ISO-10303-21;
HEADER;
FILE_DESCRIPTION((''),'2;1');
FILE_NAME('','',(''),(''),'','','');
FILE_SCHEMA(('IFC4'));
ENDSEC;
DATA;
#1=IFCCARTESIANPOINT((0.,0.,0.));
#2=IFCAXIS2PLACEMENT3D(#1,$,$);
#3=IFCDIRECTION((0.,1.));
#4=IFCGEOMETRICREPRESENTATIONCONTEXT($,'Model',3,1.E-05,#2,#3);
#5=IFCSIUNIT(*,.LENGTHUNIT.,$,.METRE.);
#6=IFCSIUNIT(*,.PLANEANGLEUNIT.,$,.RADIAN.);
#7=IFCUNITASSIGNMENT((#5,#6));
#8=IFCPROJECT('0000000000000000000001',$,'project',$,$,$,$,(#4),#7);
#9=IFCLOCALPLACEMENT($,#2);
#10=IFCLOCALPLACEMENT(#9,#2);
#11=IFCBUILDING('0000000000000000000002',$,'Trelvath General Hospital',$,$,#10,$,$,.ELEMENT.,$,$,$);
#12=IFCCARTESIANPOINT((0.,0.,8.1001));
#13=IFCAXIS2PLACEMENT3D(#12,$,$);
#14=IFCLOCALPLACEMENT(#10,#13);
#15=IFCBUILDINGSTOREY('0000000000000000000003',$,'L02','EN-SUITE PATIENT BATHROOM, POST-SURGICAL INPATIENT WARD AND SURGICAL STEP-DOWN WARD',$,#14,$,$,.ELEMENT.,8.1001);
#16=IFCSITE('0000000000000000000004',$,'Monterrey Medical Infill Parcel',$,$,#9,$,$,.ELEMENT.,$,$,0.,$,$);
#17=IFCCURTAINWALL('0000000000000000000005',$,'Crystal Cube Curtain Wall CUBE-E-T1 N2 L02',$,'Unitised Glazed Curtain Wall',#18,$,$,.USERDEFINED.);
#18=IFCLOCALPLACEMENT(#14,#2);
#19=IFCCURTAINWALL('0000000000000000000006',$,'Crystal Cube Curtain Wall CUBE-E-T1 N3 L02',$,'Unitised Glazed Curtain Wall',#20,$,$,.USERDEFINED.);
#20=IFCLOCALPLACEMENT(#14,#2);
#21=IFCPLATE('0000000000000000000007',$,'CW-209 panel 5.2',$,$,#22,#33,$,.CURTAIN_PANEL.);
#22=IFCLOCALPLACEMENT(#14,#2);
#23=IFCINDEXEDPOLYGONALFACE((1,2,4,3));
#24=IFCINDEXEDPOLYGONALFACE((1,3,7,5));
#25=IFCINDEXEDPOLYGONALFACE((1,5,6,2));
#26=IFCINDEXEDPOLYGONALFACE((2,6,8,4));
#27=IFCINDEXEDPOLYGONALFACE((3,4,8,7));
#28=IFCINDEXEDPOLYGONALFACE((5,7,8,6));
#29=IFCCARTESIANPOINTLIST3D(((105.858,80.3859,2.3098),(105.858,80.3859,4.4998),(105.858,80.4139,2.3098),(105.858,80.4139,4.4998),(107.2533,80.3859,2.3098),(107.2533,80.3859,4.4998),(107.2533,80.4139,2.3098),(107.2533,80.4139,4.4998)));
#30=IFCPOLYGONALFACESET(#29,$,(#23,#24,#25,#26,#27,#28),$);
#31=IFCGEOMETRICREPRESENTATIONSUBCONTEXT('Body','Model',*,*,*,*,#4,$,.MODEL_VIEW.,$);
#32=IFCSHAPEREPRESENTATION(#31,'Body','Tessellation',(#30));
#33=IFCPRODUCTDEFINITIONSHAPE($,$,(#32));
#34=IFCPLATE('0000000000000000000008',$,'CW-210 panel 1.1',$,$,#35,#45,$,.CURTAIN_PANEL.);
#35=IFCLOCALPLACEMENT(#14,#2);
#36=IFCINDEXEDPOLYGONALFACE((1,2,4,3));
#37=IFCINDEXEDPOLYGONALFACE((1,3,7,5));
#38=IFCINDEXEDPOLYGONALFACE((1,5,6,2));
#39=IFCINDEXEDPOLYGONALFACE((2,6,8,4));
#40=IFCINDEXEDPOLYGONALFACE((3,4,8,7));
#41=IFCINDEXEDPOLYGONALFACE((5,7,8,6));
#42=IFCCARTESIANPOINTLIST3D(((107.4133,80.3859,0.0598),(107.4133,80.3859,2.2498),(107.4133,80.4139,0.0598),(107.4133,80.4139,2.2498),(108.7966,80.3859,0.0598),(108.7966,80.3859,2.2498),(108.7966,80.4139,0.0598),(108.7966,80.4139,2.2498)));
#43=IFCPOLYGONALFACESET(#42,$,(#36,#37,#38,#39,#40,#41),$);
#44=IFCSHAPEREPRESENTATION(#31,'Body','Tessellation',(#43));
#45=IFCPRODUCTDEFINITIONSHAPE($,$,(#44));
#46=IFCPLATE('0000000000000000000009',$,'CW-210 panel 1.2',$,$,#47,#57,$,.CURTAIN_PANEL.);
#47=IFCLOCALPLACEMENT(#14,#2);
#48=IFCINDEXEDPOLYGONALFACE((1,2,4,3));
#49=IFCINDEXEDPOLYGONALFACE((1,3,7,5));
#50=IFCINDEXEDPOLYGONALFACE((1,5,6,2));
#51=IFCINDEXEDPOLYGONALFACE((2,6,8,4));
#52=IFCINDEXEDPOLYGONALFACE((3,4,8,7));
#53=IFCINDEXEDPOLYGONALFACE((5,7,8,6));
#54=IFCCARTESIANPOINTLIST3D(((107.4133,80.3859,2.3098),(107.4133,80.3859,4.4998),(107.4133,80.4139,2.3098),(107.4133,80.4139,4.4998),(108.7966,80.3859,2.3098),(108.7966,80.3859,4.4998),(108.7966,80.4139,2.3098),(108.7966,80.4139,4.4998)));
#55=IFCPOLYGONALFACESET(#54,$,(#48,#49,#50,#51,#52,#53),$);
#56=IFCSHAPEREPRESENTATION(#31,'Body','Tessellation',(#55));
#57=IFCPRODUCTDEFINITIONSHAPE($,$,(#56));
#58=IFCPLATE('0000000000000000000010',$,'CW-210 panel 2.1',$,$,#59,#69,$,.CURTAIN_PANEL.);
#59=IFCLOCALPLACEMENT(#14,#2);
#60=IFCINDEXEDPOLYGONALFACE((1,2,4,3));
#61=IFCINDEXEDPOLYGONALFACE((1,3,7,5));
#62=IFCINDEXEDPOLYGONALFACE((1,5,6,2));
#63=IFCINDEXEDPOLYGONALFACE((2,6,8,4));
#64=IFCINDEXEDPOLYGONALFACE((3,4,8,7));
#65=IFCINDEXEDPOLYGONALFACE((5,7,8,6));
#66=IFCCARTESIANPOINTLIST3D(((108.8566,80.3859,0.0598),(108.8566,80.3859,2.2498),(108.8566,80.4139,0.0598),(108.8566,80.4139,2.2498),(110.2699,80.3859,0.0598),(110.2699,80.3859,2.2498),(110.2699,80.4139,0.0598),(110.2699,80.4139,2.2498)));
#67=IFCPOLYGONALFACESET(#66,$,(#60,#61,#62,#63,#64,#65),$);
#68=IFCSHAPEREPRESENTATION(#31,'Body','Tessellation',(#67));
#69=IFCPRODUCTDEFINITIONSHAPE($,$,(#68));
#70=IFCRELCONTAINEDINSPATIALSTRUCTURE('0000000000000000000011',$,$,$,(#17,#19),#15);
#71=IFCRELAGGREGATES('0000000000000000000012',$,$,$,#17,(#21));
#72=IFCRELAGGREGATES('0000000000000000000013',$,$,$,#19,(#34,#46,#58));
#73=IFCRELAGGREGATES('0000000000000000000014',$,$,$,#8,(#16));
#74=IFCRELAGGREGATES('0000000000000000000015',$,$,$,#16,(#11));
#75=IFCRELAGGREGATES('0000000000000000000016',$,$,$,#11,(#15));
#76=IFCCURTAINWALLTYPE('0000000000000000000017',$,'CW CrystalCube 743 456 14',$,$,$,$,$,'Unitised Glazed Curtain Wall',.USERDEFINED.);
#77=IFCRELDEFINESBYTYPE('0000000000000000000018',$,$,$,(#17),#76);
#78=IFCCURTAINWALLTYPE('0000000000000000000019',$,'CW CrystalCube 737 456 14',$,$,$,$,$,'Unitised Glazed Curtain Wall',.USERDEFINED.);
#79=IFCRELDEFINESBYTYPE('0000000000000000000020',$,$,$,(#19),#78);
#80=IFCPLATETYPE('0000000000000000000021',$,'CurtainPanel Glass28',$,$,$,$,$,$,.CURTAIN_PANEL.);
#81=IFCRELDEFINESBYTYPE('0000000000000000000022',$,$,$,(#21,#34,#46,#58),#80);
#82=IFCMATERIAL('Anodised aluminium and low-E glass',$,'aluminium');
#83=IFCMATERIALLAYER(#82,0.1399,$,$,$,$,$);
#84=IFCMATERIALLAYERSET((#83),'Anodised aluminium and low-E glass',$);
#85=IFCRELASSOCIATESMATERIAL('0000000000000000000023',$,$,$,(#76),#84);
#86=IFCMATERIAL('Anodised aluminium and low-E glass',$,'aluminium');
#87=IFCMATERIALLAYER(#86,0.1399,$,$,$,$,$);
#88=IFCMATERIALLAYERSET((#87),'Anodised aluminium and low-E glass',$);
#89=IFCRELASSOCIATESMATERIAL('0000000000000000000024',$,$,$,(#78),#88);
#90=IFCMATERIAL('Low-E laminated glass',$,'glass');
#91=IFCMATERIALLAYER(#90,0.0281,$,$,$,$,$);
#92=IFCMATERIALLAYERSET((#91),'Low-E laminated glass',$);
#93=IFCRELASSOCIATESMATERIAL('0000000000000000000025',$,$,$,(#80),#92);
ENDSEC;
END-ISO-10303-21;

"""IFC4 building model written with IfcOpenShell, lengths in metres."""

from ifc_helpers import new_model, si_unit, direction, frame, origin, origin_2d, place, context, subcontext, project, spatial, rectangle, extrude, material, layer, layer_set, type_object, element, aggregate, save


model = new_model("IFC4")

# Units and contexts
model_context = context("Model", 3, precision=1e-05, world=origin(), true_north=direction((0.0, 1.0)))
body_context = subcontext(model_context, "Body", "Model", "MODEL_VIEW")
ifc_project = project(units=[si_unit("LENGTHUNIT", "METRE"), si_unit("PLANEANGLEUNIT", "RADIAN")], contexts=[model_context])

# Site, building, storey
site_placement = place(None, origin())
site = spatial("IfcSite", under=ifc_project, at=site_placement, Name="Monterrey Medical Infill Parcel", CompositionType="ELEMENT", RefElevation=0.0)
building_placement = place(site_placement, origin())
building = spatial("IfcBuilding", under=site, at=building_placement, Name="Trelvath General Hospital", CompositionType="ELEMENT")
storey_placement = place(building_placement, frame((0.0, 0.0, 8.1001)))
storey = spatial("IfcBuildingStorey", under=building, at=storey_placement, Name="L02", Description="EN-SUITE PATIENT BATHROOM, POST-SURGICAL INPATIENT WARD AND SURGICAL STEP-DOWN WARD", CompositionType="ELEMENT", Elevation=8.1001)

# Curtain walls
ifc_material_1 = material(Name="Anodised aluminium and low-E glass", Category="aluminium")
ifc_layer_1 = layer(ifc_material_1, 0.1399)
ifc_layer_set_1 = layer_set([ifc_layer_1], Name="Anodised aluminium and low-E glass")
curtain_wall_type_1 = type_object("IfcCurtainWallType", Name="CW CrystalCube 743 456 14", ElementType="Unitised Glazed Curtain Wall", PredefinedType="USERDEFINED", material=ifc_layer_set_1)
curtain_wall_1_placement = place(storey_placement, origin())
curtain_wall_1 = element("IfcCurtainWall", 1, at=curtain_wall_1_placement, inside=storey, type_object=curtain_wall_type_1, Name="Crystal Cube Curtain Wall CUBE-E-T1 N2 L02", ObjectType="Unitised Glazed Curtain Wall", PredefinedType="USERDEFINED")
ifc_material_2 = material(Name="Anodised aluminium and low-E glass", Category="aluminium")
ifc_layer_2 = layer(ifc_material_2, 0.1399)
ifc_layer_set_2 = layer_set([ifc_layer_2], Name="Anodised aluminium and low-E glass")
curtain_wall_type_2 = type_object("IfcCurtainWallType", Name="CW CrystalCube 737 456 14", ElementType="Unitised Glazed Curtain Wall", PredefinedType="USERDEFINED", material=ifc_layer_set_2)
curtain_wall_2_placement = place(storey_placement, origin())
curtain_wall_2 = element("IfcCurtainWall", 2, at=curtain_wall_2_placement, inside=storey, type_object=curtain_wall_type_2, Name="Crystal Cube Curtain Wall CUBE-E-T1 N3 L02", ObjectType="Unitised Glazed Curtain Wall", PredefinedType="USERDEFINED")

# Plates
ifc_material_3 = material(Name="Low-E laminated glass", Category="glass")
ifc_layer_3 = layer(ifc_material_3, 0.0281)
ifc_layer_set_3 = layer_set([ifc_layer_3], Name="Low-E laminated glass")
plate_type = type_object("IfcPlateType", Name="CurtainPanel Glass28", PredefinedType="CURTAIN_PANEL", material=ifc_layer_set_3)
plate_1_placement = place(storey_placement, frame((106.5557, 80.3999, 2.3098), z_axis=(0.0, 0.0, 1.0), x_axis=(1.0, 0.0, 0.0)))
plate_1 = element("IfcPlate", 3, at=plate_1_placement, type_object=plate_type, Name="CW-209 panel 5.2", PredefinedType="CURTAIN_PANEL", context=body_context, shape_type="SweptSolid", body=[
    extrude(rectangle(XDim=1.3953, YDim=0.0281, at=origin_2d()), origin(), (0.0, 0.0, 1.0), 2.1899),
])
aggregate(curtain_wall_1, [plate_1])
plate_2_placement = place(storey_placement, frame((108.105, 80.3999, 0.0598), z_axis=(0.0, 0.0, 1.0), x_axis=(1.0, 0.0, 0.0)))
plate_2 = element("IfcPlate", 4, at=plate_2_placement, type_object=plate_type, Name="CW-210 panel 1.1", PredefinedType="CURTAIN_PANEL", context=body_context, shape_type="SweptSolid", body=[
    extrude(rectangle(XDim=1.3833, YDim=0.0281, at=origin_2d()), origin(), (0.0, 0.0, 1.0), 2.1899),
])
plate_3_placement = place(storey_placement, frame((108.105, 80.3999, 2.3098), z_axis=(0.0, 0.0, 1.0), x_axis=(1.0, 0.0, 0.0)))
plate_3 = element("IfcPlate", 5, at=plate_3_placement, type_object=plate_type, Name="CW-210 panel 1.2", PredefinedType="CURTAIN_PANEL", context=body_context, shape_type="SweptSolid", body=[
    extrude(rectangle(XDim=1.3833, YDim=0.0281, at=origin_2d()), origin(), (0.0, 0.0, 1.0), 2.1899),
])
plate_4_placement = place(storey_placement, frame((109.5632, 80.3999, 0.0598), z_axis=(0.0, 0.0, 1.0), x_axis=(1.0, 0.0, 0.0)))
plate_4 = element("IfcPlate", 6, at=plate_4_placement, type_object=plate_type, Name="CW-210 panel 2.1", PredefinedType="CURTAIN_PANEL", context=body_context, shape_type="SweptSolid", body=[
    extrude(rectangle(XDim=1.4133, YDim=0.0281, at=origin_2d()), origin(), (0.0, 0.0, 1.0), 2.1899),
])
aggregate(curtain_wall_2, [plate_2, plate_3, plate_4])

save(model, "model.ifc")
